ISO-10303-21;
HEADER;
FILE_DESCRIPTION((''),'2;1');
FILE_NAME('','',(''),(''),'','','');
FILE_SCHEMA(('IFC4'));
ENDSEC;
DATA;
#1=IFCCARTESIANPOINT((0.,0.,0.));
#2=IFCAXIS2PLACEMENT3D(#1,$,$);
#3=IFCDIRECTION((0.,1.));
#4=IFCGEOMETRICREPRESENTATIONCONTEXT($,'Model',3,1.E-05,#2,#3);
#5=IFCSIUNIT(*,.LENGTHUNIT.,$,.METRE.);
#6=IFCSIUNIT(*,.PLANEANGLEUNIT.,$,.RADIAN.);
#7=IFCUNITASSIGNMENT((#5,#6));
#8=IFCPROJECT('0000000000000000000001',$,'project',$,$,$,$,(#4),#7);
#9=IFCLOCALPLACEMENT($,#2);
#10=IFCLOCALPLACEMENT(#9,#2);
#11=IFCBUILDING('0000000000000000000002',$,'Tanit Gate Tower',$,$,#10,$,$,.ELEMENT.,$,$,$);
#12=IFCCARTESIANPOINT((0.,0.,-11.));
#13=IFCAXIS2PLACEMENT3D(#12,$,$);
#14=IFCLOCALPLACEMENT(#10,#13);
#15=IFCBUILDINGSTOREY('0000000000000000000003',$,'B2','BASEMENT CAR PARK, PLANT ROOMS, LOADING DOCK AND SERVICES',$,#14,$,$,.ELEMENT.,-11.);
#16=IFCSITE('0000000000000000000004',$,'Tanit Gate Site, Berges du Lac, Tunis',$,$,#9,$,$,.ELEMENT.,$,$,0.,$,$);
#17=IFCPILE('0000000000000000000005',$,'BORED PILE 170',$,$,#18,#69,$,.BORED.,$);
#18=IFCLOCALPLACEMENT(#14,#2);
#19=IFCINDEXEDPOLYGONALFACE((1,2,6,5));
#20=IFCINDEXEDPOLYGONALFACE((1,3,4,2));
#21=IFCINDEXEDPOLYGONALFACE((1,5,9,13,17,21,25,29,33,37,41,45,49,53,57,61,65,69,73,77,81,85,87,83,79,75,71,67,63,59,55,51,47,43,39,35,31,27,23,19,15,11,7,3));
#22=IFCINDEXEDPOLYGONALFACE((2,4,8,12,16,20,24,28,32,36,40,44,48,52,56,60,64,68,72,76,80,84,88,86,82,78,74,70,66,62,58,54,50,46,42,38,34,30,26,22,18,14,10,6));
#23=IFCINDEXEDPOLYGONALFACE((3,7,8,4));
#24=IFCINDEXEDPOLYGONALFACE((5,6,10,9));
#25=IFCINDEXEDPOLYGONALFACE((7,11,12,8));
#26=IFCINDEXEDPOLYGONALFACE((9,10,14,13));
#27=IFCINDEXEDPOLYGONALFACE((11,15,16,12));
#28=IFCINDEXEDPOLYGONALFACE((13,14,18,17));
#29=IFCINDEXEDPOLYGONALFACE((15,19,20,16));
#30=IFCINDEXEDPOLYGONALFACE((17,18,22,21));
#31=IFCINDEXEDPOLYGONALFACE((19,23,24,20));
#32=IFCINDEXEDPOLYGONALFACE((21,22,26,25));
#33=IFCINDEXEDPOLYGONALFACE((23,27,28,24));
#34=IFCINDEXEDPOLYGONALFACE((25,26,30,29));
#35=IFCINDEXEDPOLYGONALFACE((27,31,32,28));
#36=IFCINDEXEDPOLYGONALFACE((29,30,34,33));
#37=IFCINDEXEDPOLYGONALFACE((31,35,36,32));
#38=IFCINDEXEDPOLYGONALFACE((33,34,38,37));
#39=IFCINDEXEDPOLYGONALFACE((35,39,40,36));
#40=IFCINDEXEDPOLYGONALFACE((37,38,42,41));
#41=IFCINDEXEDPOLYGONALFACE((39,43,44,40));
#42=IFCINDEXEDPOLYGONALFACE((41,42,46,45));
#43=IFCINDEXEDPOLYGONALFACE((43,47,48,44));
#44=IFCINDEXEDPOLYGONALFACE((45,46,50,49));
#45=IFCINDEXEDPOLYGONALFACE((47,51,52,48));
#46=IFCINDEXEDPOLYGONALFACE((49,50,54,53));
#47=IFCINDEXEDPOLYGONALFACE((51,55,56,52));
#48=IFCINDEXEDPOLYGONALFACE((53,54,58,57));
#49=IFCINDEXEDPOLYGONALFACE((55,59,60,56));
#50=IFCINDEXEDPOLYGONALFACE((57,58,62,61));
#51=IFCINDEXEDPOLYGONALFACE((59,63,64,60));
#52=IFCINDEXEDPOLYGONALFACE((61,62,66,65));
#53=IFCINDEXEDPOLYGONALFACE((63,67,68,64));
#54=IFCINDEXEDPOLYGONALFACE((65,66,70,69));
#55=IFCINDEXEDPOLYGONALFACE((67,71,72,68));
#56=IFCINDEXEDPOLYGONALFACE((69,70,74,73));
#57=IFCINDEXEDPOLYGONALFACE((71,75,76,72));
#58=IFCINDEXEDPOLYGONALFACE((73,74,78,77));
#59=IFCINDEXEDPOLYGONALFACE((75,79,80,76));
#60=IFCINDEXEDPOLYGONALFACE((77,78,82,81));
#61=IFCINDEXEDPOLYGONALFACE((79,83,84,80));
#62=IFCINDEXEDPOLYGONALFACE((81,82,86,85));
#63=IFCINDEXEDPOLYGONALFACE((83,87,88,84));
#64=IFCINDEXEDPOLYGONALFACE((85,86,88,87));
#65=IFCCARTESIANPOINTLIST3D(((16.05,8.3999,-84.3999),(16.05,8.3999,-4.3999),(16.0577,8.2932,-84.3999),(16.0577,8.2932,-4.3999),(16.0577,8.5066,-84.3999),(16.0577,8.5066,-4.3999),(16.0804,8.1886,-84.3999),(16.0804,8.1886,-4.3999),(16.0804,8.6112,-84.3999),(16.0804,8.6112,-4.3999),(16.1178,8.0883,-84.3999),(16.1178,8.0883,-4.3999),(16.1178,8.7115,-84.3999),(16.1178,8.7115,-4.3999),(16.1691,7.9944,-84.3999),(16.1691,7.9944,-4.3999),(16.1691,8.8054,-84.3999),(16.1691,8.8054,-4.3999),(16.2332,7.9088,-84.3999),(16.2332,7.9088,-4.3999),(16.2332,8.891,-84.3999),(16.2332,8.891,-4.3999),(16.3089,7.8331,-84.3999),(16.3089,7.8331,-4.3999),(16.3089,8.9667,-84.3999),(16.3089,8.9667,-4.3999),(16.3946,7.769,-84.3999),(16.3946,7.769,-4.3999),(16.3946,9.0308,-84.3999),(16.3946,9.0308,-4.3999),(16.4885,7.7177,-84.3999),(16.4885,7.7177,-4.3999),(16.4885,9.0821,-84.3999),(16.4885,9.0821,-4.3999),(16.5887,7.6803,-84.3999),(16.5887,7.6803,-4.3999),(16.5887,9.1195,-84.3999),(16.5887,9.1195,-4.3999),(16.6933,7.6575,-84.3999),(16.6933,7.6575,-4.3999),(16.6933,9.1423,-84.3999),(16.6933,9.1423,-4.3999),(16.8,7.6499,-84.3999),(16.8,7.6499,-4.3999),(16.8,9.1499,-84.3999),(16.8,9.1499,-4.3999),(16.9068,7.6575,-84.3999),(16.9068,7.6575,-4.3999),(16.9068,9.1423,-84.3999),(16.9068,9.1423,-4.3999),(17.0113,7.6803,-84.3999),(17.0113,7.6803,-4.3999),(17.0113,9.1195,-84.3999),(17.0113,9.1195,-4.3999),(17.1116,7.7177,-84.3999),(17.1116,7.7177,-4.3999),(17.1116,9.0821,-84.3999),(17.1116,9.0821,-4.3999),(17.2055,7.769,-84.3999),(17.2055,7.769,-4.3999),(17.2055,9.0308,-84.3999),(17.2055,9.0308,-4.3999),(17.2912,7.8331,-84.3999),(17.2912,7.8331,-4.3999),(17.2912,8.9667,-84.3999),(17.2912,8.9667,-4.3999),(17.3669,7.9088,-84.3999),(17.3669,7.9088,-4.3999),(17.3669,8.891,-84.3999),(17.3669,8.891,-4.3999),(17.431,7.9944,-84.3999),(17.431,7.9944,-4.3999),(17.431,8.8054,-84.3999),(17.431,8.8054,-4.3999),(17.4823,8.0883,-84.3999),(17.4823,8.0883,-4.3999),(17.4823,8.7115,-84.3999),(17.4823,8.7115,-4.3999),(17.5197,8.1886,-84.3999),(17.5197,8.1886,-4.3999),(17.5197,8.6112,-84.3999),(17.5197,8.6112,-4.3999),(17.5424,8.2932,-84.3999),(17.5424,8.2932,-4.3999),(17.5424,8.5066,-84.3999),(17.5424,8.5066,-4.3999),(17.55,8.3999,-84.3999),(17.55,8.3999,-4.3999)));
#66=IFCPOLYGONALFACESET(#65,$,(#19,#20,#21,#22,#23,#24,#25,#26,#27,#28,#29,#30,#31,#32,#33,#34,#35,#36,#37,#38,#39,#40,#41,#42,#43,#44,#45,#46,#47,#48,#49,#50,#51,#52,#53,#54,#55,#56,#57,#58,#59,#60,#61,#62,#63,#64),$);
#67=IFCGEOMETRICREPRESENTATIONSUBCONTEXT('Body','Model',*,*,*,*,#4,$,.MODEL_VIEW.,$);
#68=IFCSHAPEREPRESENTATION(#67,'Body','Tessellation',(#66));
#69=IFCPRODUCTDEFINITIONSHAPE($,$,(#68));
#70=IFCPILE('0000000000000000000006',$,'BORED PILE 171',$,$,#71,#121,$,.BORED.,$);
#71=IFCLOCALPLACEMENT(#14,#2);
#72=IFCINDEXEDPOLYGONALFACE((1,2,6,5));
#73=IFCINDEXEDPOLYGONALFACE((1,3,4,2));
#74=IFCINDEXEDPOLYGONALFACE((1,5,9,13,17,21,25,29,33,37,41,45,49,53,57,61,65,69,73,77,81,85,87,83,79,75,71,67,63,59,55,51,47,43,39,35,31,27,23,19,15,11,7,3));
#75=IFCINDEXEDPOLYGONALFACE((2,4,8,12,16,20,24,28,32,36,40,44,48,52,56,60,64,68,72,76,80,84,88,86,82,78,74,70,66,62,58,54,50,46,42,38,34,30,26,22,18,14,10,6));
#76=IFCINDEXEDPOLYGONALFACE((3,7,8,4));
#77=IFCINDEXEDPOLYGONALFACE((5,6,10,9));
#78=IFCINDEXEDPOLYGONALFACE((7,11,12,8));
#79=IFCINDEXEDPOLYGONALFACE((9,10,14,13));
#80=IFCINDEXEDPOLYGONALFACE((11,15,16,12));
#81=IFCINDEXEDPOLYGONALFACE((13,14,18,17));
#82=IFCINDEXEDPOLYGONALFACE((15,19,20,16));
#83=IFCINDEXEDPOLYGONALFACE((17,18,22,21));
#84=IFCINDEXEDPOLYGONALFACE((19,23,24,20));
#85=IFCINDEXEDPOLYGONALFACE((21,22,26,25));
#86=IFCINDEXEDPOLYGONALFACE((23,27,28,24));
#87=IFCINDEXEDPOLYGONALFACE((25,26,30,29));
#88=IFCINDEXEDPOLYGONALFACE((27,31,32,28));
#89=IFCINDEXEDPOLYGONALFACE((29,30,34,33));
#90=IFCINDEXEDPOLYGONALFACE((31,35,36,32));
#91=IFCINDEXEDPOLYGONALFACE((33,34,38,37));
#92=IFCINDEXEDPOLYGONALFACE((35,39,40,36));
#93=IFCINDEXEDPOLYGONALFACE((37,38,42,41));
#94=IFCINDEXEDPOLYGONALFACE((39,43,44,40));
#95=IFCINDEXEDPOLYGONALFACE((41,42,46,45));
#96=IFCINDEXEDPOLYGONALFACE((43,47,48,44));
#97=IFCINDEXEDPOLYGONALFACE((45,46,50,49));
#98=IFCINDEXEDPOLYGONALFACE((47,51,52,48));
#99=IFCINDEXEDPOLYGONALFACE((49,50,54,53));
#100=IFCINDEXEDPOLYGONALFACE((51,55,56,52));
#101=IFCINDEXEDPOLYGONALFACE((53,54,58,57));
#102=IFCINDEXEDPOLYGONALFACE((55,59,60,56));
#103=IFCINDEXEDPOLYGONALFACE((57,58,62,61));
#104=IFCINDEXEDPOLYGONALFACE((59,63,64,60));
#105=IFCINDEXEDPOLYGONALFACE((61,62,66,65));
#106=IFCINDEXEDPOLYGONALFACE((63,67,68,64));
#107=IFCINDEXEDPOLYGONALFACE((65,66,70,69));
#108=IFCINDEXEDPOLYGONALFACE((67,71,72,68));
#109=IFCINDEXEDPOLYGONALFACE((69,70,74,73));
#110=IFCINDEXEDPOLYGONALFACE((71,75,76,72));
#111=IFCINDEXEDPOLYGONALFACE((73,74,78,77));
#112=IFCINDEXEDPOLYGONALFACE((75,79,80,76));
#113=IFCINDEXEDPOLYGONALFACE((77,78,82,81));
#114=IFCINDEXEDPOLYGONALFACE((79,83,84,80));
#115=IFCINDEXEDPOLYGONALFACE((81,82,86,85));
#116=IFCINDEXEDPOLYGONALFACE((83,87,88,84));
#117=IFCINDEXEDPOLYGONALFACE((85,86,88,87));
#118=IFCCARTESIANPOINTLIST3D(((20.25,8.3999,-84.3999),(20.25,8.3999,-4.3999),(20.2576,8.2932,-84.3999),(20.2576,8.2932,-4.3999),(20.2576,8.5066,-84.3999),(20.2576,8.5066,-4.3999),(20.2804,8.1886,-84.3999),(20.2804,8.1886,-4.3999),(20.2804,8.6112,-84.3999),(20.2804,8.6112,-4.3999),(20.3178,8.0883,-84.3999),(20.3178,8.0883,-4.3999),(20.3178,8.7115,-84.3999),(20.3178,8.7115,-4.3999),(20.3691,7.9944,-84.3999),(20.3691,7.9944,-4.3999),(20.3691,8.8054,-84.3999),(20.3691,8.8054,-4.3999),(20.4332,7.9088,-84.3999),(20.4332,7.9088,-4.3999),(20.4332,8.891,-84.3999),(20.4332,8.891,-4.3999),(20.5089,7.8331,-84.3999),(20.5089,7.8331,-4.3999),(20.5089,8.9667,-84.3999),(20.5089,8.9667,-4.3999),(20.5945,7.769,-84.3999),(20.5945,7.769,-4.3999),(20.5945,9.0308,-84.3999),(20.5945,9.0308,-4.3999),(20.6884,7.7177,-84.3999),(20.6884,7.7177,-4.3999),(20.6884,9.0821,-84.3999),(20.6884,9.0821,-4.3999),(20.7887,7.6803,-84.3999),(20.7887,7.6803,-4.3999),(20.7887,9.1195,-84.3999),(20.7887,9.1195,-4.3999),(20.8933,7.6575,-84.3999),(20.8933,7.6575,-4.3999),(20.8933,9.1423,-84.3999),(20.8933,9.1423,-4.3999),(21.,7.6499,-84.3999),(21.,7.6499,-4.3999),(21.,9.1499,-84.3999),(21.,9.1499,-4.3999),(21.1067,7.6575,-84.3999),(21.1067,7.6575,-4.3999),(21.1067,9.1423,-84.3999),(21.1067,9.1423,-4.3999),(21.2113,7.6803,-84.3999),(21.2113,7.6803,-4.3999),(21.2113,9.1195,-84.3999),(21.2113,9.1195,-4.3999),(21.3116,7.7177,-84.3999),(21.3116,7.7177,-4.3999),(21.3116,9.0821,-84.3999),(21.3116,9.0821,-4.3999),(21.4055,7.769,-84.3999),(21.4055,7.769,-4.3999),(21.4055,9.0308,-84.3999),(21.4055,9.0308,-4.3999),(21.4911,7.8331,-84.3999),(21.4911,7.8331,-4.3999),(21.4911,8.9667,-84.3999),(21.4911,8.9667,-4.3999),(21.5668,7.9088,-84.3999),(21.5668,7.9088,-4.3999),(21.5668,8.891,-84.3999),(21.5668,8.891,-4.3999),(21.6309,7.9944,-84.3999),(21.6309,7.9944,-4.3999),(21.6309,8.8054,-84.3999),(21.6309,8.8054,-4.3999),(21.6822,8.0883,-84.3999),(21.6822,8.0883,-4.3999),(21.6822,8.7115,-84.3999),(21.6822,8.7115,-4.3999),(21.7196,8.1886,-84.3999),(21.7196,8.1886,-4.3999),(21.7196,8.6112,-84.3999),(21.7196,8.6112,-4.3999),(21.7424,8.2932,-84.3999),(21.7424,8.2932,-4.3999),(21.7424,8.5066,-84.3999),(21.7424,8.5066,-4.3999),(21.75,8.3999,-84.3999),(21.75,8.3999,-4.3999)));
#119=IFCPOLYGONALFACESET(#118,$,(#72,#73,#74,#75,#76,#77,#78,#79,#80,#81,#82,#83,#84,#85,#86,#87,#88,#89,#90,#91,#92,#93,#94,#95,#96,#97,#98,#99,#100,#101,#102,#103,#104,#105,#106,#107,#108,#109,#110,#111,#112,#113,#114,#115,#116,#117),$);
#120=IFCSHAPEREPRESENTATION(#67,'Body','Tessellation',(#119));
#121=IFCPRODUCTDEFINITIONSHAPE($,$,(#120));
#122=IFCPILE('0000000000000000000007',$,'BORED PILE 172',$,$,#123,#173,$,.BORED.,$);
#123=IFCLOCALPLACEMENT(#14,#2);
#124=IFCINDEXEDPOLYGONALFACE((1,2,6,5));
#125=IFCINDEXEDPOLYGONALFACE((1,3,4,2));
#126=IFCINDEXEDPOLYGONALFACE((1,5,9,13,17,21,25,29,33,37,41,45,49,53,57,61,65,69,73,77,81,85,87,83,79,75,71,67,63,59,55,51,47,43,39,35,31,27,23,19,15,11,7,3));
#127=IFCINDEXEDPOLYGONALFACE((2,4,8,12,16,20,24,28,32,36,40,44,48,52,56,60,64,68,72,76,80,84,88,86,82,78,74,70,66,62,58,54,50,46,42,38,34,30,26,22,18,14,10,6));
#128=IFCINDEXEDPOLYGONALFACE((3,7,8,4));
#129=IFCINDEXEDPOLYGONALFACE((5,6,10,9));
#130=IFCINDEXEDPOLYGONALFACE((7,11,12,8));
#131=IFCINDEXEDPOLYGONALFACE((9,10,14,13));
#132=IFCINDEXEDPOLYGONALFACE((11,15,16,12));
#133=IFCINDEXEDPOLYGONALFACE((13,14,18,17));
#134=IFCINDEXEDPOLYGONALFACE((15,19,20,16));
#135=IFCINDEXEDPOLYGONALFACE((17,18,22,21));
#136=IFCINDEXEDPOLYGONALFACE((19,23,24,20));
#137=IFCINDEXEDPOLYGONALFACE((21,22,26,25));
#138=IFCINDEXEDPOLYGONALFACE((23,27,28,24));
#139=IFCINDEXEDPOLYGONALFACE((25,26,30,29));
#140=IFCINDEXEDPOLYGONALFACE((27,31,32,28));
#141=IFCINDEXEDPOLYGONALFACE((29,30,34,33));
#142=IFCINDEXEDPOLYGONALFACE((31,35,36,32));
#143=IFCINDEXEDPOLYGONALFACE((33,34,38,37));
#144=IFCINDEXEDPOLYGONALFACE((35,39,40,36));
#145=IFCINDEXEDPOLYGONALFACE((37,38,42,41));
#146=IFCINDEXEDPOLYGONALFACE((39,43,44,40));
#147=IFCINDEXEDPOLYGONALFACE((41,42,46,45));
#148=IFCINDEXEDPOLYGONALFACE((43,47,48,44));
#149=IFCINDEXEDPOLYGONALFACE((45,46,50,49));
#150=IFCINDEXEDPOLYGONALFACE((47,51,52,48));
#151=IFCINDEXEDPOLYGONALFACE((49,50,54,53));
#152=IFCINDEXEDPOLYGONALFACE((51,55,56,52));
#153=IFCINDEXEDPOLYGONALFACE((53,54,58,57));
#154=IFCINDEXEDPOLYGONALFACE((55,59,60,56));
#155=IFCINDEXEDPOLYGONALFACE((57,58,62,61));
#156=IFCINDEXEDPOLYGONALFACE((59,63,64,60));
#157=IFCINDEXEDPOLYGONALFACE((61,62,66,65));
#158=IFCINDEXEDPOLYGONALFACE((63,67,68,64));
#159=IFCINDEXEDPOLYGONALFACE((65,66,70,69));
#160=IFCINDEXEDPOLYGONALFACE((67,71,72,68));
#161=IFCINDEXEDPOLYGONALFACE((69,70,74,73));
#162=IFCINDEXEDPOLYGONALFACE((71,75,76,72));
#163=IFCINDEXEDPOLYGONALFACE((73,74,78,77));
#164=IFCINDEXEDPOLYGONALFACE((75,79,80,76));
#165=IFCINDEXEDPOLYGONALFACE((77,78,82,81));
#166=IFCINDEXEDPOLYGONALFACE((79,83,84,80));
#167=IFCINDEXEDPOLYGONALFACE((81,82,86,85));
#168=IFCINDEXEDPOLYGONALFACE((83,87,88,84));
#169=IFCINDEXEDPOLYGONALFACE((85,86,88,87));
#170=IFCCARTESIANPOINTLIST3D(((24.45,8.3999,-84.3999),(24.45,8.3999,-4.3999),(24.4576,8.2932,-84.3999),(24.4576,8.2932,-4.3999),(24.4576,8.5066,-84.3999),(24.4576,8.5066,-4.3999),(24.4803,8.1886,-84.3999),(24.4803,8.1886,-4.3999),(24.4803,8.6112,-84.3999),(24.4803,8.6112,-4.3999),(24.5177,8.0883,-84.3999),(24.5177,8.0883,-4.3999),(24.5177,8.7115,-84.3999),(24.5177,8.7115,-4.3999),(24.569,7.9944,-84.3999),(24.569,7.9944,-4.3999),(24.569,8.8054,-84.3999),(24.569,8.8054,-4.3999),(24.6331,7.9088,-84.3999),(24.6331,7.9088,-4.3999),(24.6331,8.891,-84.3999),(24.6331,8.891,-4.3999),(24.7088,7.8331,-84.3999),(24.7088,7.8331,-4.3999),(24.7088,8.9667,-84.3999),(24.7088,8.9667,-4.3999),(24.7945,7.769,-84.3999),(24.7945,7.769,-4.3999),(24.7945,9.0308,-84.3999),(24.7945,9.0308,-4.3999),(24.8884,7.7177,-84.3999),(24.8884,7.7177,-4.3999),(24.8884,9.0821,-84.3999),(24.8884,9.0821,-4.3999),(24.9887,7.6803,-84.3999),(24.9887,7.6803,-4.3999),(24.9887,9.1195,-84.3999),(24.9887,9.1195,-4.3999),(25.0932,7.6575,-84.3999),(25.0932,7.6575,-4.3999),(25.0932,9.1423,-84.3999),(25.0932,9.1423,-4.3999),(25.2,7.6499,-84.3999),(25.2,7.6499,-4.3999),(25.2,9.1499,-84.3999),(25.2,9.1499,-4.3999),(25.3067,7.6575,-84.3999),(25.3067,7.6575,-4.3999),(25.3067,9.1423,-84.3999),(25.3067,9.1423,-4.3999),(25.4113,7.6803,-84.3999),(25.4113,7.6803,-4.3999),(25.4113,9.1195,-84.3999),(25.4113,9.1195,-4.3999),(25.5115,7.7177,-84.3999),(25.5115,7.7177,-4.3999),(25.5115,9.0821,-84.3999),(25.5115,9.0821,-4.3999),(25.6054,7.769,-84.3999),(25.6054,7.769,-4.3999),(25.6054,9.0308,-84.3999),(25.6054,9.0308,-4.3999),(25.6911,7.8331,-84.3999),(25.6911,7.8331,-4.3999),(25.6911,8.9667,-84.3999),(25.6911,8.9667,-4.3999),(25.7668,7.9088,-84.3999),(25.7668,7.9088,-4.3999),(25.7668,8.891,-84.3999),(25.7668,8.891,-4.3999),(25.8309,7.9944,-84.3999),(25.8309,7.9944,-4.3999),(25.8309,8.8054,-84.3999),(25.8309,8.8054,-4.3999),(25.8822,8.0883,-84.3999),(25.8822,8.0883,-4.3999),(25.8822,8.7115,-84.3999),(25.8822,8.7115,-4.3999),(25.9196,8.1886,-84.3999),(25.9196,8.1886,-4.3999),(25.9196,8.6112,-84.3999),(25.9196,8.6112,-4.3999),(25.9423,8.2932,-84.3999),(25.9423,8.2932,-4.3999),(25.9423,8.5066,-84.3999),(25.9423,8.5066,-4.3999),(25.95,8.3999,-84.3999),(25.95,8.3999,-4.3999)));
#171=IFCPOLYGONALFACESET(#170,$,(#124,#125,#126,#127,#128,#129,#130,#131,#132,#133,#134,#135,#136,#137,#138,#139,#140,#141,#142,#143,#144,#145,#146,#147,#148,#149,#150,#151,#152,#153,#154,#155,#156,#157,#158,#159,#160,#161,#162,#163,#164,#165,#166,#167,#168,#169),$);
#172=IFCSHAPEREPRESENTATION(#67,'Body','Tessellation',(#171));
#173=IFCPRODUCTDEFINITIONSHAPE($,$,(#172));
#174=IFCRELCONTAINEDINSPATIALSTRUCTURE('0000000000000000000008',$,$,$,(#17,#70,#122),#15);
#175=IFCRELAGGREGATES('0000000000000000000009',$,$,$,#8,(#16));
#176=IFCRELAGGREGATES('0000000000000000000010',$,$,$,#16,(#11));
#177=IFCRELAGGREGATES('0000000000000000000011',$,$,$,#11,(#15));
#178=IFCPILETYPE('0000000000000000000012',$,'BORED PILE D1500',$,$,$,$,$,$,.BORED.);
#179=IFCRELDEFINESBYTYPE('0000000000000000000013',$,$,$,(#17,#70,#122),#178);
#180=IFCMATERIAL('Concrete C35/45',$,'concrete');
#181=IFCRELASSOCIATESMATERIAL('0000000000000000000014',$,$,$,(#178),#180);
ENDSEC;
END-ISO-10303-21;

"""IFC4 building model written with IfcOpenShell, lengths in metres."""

from ifc_helpers import new_model, si_unit, direction, frame, origin, origin_2d, place, context, subcontext, project, spatial, circle, extrude, material, material_profile, profile_set, type_object, element, save


model = new_model("IFC4")

# Units and contexts
model_context = context("Model", 3, precision=1e-05, world=origin(), true_north=direction((0.0, 1.0)))
body_context = subcontext(model_context, "Body", "Model", "MODEL_VIEW")
ifc_project = project(units=[si_unit("LENGTHUNIT", "METRE"), si_unit("PLANEANGLEUNIT", "RADIAN")], contexts=[model_context])

# Site, building, storey
site_placement = place(None, origin())
site = spatial("IfcSite", under=ifc_project, at=site_placement, Name="Tanit Gate Site, Berges du Lac, Tunis", CompositionType="ELEMENT", RefElevation=0.0)
building_placement = place(site_placement, origin())
building = spatial("IfcBuilding", under=site, at=building_placement, Name="Tanit Gate Tower", CompositionType="ELEMENT")
storey_placement = place(building_placement, frame((0.0, 0.0, -11.0)))
storey = spatial("IfcBuildingStorey", under=building, at=storey_placement, Name="B2", Description="BASEMENT CAR PARK, PLANT ROOMS, LOADING DOCK AND SERVICES", CompositionType="ELEMENT", Elevation=-11.0)

# Piles
ifc_material_1 = material(Name="Concrete C35/45", Category="concrete")
ifc_material_profile_1 = material_profile(ifc_material_1, circle(Radius=0.75, at=origin_2d()), Name="BORED PILE D1500 C35/45")
ifc_profile_set_1 = profile_set([ifc_material_profile_1], Name="Concrete C35/45")
pile_type = type_object("IfcPileType", Name="BORED PILE D1500", PredefinedType="BORED", material=ifc_profile_set_1)
for number, where, z_axis, x_axis, name in (
    (1, (16.8, 8.3999, -4.3999), (0.0, 0.0, -1.0), (1.0, 0.0, 0.0), "BORED PILE 170"),
    (2, (21.0, 8.3999, -4.3999), (0.0, 0.0, -1.0), (1.0, 0.0, 0.0), "BORED PILE 171"),
    (3, (25.2, 8.3999, -4.3999), (0.0, 0.0, -1.0), (1.0, 0.0, 0.0), "BORED PILE 172"),
):
    element("IfcPile", number, at=place(storey_placement, frame(where, z_axis=z_axis, x_axis=x_axis)), inside=storey, type_object=pile_type, Name=name, PredefinedType="BORED", context=body_context, shape_type="SweptSolid", body=[
        extrude(circle(Radius=0.75, at=origin_2d()), origin(), (0.0, 0.0, 1.0), 80.0),
    ])

save(model, "model.ifc")
